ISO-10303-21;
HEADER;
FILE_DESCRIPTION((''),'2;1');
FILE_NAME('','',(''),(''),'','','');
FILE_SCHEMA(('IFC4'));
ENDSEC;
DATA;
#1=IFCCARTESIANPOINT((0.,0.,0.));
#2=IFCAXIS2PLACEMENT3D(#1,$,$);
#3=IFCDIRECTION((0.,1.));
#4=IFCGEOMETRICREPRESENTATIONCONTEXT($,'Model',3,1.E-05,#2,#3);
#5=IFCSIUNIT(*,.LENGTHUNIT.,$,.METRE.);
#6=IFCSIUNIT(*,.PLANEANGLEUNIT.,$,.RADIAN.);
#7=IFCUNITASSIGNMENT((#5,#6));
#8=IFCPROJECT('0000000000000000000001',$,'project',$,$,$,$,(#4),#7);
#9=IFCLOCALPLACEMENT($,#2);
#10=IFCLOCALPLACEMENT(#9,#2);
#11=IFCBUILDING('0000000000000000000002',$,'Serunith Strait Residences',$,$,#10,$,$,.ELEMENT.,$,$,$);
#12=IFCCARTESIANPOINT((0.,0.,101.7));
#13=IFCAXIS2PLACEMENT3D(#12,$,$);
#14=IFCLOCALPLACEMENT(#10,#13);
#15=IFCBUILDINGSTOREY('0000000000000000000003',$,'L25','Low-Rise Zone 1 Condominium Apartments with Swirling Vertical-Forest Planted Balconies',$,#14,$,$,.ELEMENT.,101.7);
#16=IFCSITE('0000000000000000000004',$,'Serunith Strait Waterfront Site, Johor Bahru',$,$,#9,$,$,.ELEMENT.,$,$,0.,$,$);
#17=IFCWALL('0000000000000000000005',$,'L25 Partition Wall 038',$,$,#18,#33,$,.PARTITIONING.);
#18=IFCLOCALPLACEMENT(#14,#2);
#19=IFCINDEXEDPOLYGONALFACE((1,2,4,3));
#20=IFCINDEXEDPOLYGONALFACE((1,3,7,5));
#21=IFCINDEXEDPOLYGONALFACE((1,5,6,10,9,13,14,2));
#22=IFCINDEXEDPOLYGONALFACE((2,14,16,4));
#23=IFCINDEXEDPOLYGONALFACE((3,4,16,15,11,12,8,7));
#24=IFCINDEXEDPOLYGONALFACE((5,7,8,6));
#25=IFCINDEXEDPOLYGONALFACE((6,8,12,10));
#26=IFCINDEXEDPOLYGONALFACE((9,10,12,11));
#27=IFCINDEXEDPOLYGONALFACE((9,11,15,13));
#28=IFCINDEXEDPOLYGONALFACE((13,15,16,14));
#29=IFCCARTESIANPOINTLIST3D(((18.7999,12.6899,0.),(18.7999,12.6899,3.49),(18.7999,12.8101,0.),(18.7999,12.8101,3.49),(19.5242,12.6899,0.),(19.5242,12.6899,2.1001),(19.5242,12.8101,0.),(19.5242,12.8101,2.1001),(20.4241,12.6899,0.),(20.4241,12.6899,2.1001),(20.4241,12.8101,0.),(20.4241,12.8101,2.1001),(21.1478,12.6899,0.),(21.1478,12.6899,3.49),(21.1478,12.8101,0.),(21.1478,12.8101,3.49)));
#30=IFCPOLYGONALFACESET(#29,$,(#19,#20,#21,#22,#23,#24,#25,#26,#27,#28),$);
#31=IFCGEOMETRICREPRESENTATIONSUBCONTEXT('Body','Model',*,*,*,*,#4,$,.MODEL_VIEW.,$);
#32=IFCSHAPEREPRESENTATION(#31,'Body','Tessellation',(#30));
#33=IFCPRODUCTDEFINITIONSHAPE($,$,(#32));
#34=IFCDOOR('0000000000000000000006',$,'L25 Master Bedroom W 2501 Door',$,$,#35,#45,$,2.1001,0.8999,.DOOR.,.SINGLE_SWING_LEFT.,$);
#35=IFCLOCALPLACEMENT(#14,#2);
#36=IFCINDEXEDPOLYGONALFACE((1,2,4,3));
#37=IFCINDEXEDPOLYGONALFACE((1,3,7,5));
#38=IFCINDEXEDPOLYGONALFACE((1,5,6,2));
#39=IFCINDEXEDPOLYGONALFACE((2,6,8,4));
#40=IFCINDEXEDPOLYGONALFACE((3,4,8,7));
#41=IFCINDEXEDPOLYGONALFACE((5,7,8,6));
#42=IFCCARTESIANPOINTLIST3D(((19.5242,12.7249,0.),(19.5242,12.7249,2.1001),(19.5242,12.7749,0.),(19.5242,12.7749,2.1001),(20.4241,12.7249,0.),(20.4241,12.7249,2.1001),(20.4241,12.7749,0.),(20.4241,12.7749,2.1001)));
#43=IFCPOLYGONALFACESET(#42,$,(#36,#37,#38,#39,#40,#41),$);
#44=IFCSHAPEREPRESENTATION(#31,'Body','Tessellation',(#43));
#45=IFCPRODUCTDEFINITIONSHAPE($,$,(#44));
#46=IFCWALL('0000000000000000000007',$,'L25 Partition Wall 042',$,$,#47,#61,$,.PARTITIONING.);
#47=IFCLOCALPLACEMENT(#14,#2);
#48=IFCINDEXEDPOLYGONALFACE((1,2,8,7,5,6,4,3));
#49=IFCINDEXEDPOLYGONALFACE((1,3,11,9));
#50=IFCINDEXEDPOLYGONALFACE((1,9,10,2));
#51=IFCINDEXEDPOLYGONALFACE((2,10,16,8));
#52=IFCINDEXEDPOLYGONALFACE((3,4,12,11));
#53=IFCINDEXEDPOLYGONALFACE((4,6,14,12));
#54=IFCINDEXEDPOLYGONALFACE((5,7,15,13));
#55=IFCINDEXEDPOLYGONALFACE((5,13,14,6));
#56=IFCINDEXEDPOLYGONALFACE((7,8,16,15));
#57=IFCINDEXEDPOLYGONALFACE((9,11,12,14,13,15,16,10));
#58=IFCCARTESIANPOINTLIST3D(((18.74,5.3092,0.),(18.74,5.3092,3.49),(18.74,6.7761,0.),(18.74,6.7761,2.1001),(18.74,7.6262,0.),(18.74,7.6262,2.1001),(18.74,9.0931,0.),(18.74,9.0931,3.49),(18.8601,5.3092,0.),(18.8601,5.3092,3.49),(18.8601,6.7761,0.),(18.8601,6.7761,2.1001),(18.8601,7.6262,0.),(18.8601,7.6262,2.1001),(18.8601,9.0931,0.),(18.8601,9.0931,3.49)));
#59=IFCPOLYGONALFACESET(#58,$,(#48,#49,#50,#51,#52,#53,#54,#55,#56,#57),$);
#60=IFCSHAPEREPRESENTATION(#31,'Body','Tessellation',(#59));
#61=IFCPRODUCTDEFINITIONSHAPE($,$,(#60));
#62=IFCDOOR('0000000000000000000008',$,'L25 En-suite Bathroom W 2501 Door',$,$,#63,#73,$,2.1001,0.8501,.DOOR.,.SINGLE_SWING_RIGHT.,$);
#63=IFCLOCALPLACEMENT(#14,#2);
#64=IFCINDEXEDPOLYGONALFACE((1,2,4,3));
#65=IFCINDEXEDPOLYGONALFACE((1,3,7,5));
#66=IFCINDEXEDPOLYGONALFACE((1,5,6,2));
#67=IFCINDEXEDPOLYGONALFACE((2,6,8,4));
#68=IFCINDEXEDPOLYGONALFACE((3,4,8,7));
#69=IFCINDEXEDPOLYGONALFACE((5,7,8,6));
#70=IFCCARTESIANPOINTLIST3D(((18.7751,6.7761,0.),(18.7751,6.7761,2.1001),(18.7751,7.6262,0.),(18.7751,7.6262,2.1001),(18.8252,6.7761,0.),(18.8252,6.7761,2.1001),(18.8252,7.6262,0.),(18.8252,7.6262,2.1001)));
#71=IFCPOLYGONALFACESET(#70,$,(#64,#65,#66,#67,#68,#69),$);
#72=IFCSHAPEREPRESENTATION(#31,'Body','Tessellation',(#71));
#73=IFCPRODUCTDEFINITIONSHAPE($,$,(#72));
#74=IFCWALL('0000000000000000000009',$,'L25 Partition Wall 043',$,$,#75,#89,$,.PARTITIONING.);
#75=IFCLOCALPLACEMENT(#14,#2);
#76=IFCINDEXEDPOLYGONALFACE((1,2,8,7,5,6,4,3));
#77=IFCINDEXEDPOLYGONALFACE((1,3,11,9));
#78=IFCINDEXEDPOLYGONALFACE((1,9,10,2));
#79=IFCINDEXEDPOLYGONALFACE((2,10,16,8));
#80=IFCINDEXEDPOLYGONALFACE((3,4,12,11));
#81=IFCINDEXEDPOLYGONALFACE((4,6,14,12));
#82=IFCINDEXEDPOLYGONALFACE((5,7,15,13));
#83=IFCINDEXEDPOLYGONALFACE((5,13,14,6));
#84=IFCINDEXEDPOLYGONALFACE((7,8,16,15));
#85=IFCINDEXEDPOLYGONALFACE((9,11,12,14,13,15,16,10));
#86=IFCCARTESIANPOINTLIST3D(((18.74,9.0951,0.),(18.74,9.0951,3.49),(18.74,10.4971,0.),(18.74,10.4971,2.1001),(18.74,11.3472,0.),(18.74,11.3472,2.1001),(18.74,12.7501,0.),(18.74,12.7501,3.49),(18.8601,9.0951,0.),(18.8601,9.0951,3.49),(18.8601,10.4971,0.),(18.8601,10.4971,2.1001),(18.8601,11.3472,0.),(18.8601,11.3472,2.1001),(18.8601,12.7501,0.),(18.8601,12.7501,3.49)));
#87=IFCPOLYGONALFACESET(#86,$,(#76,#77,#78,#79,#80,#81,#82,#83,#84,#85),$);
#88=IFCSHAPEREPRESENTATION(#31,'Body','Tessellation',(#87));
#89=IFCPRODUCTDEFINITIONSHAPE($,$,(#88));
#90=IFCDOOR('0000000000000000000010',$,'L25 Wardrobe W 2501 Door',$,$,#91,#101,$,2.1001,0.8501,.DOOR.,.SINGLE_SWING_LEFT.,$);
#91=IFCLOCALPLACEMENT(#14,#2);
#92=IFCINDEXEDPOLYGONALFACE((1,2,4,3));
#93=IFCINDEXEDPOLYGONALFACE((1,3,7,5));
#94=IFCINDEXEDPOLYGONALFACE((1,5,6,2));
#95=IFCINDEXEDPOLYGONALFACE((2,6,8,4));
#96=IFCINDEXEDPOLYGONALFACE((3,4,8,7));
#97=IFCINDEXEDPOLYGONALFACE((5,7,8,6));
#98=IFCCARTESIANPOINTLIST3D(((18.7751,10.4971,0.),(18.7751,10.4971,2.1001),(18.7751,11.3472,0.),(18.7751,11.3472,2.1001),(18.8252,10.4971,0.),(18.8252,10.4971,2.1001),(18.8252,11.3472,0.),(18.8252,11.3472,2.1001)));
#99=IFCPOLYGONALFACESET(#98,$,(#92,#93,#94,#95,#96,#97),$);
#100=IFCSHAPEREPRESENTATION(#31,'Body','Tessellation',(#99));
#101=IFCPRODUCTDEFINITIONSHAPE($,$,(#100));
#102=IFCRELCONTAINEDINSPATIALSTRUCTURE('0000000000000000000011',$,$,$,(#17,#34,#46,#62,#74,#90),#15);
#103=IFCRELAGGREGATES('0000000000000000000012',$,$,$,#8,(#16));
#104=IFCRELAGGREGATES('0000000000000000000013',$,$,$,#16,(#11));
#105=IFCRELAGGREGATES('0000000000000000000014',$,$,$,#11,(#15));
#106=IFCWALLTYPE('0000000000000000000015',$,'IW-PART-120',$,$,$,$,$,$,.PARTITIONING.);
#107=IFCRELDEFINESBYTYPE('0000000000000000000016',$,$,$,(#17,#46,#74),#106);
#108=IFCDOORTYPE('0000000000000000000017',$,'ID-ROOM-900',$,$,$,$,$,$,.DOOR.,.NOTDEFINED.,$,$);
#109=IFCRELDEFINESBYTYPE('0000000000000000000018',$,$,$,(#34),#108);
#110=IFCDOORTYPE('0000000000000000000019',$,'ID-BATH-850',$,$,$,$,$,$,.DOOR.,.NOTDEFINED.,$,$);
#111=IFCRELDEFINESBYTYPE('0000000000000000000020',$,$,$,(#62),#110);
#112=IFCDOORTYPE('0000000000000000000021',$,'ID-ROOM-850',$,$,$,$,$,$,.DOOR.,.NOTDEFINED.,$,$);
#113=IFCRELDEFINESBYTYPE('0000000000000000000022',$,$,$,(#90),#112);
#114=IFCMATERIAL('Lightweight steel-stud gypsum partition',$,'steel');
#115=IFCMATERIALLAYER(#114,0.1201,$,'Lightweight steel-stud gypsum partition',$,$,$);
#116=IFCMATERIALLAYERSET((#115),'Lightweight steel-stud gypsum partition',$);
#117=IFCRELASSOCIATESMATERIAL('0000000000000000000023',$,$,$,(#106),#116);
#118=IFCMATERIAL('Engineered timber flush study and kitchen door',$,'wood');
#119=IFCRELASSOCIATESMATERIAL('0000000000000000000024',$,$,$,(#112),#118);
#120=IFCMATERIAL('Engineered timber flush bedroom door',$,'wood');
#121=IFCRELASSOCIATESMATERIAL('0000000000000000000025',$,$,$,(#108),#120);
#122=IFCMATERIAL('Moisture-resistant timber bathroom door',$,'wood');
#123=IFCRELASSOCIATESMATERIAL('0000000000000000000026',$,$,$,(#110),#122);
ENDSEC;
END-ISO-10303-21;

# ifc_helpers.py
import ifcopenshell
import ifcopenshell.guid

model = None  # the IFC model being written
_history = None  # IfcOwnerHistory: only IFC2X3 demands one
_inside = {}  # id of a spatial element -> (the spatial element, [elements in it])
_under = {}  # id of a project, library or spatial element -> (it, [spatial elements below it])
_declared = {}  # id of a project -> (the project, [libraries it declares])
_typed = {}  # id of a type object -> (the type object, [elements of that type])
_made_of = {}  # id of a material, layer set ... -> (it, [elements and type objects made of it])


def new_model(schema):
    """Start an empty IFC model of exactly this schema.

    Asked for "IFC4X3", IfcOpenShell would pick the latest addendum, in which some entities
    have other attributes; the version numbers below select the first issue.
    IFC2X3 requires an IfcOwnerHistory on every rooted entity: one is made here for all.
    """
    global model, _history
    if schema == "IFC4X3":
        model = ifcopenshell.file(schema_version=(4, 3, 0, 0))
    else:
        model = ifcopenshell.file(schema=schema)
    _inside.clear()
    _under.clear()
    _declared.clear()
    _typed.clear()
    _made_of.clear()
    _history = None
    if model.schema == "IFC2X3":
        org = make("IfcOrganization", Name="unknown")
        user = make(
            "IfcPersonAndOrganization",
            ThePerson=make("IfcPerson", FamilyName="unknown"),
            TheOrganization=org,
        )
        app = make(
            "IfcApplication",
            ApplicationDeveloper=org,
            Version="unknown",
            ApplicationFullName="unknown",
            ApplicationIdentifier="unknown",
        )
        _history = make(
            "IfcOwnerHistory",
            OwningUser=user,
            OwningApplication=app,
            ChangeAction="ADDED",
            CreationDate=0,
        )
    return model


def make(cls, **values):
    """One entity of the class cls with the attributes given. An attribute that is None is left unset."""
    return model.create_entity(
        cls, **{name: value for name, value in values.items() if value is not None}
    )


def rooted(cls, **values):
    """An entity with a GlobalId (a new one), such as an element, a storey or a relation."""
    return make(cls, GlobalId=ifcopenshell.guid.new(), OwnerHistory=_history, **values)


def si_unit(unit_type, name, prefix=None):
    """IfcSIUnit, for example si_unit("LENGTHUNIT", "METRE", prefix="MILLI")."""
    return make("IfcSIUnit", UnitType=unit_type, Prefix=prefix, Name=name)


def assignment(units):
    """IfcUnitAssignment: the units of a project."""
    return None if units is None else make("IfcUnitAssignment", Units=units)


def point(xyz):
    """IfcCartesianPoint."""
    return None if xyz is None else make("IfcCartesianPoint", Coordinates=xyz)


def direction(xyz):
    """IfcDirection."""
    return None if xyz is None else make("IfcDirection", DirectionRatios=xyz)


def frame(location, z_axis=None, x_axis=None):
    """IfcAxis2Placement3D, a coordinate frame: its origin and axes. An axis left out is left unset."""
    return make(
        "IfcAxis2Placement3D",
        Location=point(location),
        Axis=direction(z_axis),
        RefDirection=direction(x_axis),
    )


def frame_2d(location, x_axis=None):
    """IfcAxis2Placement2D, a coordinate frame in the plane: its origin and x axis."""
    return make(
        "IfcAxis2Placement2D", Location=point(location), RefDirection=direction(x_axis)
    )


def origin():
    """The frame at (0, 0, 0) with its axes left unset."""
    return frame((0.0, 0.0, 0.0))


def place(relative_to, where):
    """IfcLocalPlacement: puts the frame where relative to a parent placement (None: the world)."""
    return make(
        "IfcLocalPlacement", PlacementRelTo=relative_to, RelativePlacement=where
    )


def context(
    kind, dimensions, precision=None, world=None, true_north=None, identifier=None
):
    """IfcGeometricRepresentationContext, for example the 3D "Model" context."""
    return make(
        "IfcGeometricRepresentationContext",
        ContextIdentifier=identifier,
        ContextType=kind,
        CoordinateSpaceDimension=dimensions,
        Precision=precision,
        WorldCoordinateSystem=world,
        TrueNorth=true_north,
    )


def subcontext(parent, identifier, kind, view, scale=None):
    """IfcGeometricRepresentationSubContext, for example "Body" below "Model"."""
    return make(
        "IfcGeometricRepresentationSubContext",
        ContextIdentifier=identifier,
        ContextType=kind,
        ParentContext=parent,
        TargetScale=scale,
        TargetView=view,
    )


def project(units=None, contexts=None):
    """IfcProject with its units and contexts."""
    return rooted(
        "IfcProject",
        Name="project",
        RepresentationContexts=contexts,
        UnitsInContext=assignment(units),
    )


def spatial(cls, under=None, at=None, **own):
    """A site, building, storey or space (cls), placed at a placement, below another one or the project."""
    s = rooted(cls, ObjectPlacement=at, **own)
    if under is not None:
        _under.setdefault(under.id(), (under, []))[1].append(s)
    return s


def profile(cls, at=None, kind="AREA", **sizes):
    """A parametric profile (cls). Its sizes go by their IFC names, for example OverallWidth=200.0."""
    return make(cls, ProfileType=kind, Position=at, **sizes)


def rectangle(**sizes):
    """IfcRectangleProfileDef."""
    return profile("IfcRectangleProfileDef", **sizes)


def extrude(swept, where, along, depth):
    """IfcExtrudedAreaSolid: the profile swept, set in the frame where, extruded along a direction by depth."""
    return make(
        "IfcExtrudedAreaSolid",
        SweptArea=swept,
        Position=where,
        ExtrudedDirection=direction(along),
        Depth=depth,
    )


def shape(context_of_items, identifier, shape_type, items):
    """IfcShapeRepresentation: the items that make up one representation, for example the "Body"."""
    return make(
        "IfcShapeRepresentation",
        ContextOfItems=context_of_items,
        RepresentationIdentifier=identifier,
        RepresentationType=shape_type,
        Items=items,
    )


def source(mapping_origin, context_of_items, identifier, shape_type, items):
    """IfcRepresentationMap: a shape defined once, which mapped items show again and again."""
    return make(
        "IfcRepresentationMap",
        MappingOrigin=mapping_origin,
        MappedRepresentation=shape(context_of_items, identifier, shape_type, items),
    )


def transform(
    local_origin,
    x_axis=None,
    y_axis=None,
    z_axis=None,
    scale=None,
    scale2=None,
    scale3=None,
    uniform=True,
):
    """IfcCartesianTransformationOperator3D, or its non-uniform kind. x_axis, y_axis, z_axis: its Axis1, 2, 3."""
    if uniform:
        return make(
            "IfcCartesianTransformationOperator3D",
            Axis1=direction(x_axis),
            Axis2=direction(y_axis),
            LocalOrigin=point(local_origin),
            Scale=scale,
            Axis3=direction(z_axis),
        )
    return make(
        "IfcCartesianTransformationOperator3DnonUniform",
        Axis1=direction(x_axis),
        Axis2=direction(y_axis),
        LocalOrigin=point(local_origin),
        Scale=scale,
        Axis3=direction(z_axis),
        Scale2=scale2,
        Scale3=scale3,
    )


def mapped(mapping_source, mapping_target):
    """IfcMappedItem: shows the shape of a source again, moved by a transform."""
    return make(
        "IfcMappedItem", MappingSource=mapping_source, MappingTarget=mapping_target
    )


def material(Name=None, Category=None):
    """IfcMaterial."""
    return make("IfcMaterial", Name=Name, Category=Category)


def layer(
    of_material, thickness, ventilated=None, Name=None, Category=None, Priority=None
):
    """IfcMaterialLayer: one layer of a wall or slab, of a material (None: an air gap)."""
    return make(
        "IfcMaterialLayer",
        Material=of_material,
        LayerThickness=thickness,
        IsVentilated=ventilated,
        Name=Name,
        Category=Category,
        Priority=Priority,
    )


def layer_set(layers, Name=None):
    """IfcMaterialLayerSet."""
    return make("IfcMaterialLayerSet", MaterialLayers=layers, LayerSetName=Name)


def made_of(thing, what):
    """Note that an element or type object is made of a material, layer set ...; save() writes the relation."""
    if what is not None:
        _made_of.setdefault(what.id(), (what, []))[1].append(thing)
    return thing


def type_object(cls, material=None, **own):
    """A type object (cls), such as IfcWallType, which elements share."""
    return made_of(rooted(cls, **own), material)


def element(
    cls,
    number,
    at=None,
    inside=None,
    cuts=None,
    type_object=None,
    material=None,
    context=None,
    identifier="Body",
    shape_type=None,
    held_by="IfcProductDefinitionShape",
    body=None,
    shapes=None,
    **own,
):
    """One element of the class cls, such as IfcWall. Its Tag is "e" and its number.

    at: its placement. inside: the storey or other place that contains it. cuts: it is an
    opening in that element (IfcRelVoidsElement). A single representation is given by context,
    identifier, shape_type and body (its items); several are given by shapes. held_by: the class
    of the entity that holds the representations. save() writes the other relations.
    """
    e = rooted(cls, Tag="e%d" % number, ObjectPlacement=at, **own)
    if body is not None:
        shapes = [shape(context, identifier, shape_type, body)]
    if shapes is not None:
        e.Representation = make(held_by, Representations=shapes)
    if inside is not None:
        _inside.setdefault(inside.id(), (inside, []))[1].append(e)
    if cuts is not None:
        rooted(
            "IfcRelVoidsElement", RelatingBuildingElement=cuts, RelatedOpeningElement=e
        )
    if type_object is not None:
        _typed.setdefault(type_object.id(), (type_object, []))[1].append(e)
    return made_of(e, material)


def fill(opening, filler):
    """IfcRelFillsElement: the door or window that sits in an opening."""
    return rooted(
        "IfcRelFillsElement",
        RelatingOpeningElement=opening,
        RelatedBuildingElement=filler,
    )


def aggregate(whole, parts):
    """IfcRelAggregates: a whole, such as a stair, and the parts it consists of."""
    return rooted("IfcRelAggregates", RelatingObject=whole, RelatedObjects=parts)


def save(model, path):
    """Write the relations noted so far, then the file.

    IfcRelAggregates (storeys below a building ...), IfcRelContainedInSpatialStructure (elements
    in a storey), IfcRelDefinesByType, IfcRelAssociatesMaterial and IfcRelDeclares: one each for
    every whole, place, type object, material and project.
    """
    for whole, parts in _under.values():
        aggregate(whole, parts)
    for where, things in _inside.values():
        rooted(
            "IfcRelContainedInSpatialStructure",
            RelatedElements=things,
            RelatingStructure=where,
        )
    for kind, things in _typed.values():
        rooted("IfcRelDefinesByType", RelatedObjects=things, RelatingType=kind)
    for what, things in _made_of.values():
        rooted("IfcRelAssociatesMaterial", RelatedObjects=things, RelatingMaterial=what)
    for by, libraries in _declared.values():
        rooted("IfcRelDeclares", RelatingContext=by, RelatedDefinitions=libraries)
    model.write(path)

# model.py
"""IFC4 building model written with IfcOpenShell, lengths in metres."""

from ifc_helpers import new_model, si_unit, direction, frame, frame_2d, origin, place, context, subcontext, project, spatial, rectangle, extrude, source, transform, mapped, material, layer, layer_set, type_object, element, fill, save


model = new_model("IFC4")

# Units and contexts
model_context = context("Model", 3, precision=1e-05, world=origin(), true_north=direction((0.0, 1.0)))
body_context = subcontext(model_context, "Body", "Model", "MODEL_VIEW")
ifc_project = project(units=[si_unit("LENGTHUNIT", "METRE"), si_unit("PLANEANGLEUNIT", "RADIAN")], contexts=[model_context])

# Site, building, storey
site_placement = place(None, origin())
site = spatial("IfcSite", under=ifc_project, at=site_placement, Name="Serunith Strait Waterfront Site, Johor Bahru", CompositionType="ELEMENT", RefElevation=0.0)
building_placement = place(site_placement, origin())
building = spatial("IfcBuilding", under=site, at=building_placement, Name="Serunith Strait Residences", CompositionType="ELEMENT")
storey_placement = place(building_placement, frame((0.0, 0.0, 101.7)))
storey = spatial("IfcBuildingStorey", under=building, at=storey_placement, Name="L25", Description="Low-Rise Zone 1 Condominium Apartments with Swirling Vertical-Forest Planted Balconies", CompositionType="ELEMENT", Elevation=101.7)

# Shared definitions
ifc_material_1 = material(Name="Lightweight steel-stud gypsum partition", Category="steel")
ifc_layer_1 = layer(ifc_material_1, 0.1201, Name="Lightweight steel-stud gypsum partition")
ifc_layer_set_1 = layer_set([ifc_layer_1], Name="Lightweight steel-stud gypsum partition")
wall_type = type_object("IfcWallType", Name="IW-PART-120", PredefinedType="PARTITIONING", material=ifc_layer_set_1)
ifc_material_2 = material(Name="Engineered timber flush study and kitchen door", Category="wood")
door_type_1 = type_object("IfcDoorType", Name="ID-ROOM-850", OperationType="NOTDEFINED", PredefinedType="DOOR", material=ifc_material_2)
shared_shape_1 = source(origin(), body_context, "Body", "SweptSolid", [
    extrude(rectangle(XDim=0.8501, YDim=2.1001, at=frame_2d((0.425, 1.05))), frame((0.0, 0.0249, 0.0), z_axis=(0.0, -1.0, 0.0), x_axis=(1.0, 0.0, 0.0)), (0.0, 0.0, 1.0), 0.05),
])

# Shared definitions
ifc_material_3 = material(Name="Engineered timber flush bedroom door", Category="wood")
door_type_2 = type_object("IfcDoorType", Name="ID-ROOM-900", OperationType="NOTDEFINED", PredefinedType="DOOR", material=ifc_material_3)
shared_shape_2 = source(origin(), body_context, "Body", "SweptSolid", [
    extrude(rectangle(XDim=0.8999, YDim=2.1001, at=frame_2d((0.45, 1.05))), frame((0.0, 0.0249, 0.0), z_axis=(0.0, -1.0, 0.0), x_axis=(1.0, 0.0, 0.0)), (0.0, 0.0, 1.0), 0.05),
])

# Walls, openings, doors
ifc_material_4 = material(Name="Moisture-resistant timber bathroom door", Category="wood")
door_type_3 = type_object("IfcDoorType", Name="ID-BATH-850", OperationType="NOTDEFINED", PredefinedType="DOOR", material=ifc_material_4)
wall_1_placement = place(storey_placement, frame((18.8, 12.75, 0.0), z_axis=(0.0, 0.0, 1.0), x_axis=(1.0, 0.0, 0.0)))
wall_1 = element("IfcWall", 1, at=wall_1_placement, inside=storey, type_object=wall_type, Name="L25 Partition Wall 038", PredefinedType="PARTITIONING", context=body_context, shape_type="SweptSolid", body=[
    extrude(rectangle(XDim=2.3479, YDim=0.1201, at=frame_2d((1.1738, 0.0))), origin(), (0.0, 0.0, 1.0), 3.49),
])
opening_1_placement = place(wall_1_placement, frame((0.7241, 0.0, 0.0)))
opening_1 = element("IfcOpeningElement", 2, at=opening_1_placement, cuts=wall_1, PredefinedType="OPENING", context=body_context, shape_type="SweptSolid", body=[
    extrude(rectangle(XDim=0.8999, YDim=2.1001, at=frame_2d((0.45, 1.05))), frame((0.0, 0.0701, 0.0), z_axis=(0.0, -1.0, 0.0), x_axis=(1.0, 0.0, 0.0)), (0.0, 0.0, 1.0), 0.1401),
])
door_1_placement = place(opening_1_placement, origin())
door_1 = element("IfcDoor", 3, at=door_1_placement, inside=storey, type_object=door_type_2, Name="L25 Master Bedroom W 2501 Door", OperationType="SINGLE_SWING_LEFT", OverallHeight=2.1001, OverallWidth=0.8999, PredefinedType="DOOR", context=body_context, shape_type="MappedRepresentation", body=[
    mapped(shared_shape_2, transform((0.0, 0.0, 0.0), scale=1.0)),
])
fill(opening_1, door_1)
wall_2_placement = place(storey_placement, frame((18.8, 5.3091, 0.0), z_axis=(0.0, 0.0, 1.0), x_axis=(0.0, 1.0, 0.0)))
wall_2 = element("IfcWall", 4, at=wall_2_placement, inside=storey, type_object=wall_type, Name="L25 Partition Wall 042", PredefinedType="PARTITIONING", context=body_context, shape_type="SweptSolid", body=[
    extrude(rectangle(XDim=3.7839, YDim=0.1201, at=frame_2d((1.8921, 0.0))), origin(), (0.0, 0.0, 1.0), 3.49),
])
opening_2_placement = place(wall_2_placement, frame((1.467, 0.0, 0.0)))
opening_2 = element("IfcOpeningElement", 5, at=opening_2_placement, cuts=wall_2, PredefinedType="OPENING", context=body_context, shape_type="SweptSolid", body=[
    extrude(rectangle(XDim=0.8501, YDim=2.1001, at=frame_2d((0.425, 1.05))), frame((0.0, 0.0701, 0.0), z_axis=(0.0, -1.0, 0.0), x_axis=(1.0, 0.0, 0.0)), (0.0, 0.0, 1.0), 0.1401),
])
door_2_placement = place(opening_2_placement, origin())
door_2 = element("IfcDoor", 6, at=door_2_placement, inside=storey, type_object=door_type_3, Name="L25 En-suite Bathroom W 2501 Door", OperationType="SINGLE_SWING_RIGHT", OverallHeight=2.1001, OverallWidth=0.8501, PredefinedType="DOOR", context=body_context, shape_type="MappedRepresentation", body=[
    mapped(shared_shape_1, transform((0.0, 0.0, 0.0), scale=1.0)),
])
fill(opening_2, door_2)
wall_3_placement = place(storey_placement, frame((18.8, 9.095, 0.0), z_axis=(0.0, 0.0, 1.0), x_axis=(0.0, 1.0, 0.0)))
wall_3 = element("IfcWall", 7, at=wall_3_placement, inside=storey, type_object=wall_type, Name="L25 Partition Wall 043", PredefinedType="PARTITIONING", context=body_context, shape_type="SweptSolid", body=[
    extrude(rectangle(XDim=3.655, YDim=0.1201, at=frame_2d((1.8276, 0.0))), origin(), (0.0, 0.0, 1.0), 3.49),
])
opening_3_placement = place(wall_3_placement, frame((1.4021, 0.0, 0.0)))
opening_3 = element("IfcOpeningElement", 8, at=opening_3_placement, cuts=wall_3, PredefinedType="OPENING", context=body_context, shape_type="SweptSolid", body=[
    extrude(rectangle(XDim=0.8501, YDim=2.1001, at=frame_2d((0.425, 1.05))), frame((0.0, 0.0701, 0.0), z_axis=(0.0, -1.0, 0.0), x_axis=(1.0, 0.0, 0.0)), (0.0, 0.0, 1.0), 0.1401),
])
door_3_placement = place(opening_3_placement, origin())
door_3 = element("IfcDoor", 9, at=door_3_placement, inside=storey, type_object=door_type_1, Name="L25 Wardrobe W 2501 Door", OperationType="SINGLE_SWING_LEFT", OverallHeight=2.1001, OverallWidth=0.8501, PredefinedType="DOOR", context=body_context, shape_type="MappedRepresentation", body=[
    mapped(shared_shape_1, transform((0.0, 0.0, 0.0), scale=1.0)),
])
fill(opening_3, door_3)

save(model, "model.ifc")
